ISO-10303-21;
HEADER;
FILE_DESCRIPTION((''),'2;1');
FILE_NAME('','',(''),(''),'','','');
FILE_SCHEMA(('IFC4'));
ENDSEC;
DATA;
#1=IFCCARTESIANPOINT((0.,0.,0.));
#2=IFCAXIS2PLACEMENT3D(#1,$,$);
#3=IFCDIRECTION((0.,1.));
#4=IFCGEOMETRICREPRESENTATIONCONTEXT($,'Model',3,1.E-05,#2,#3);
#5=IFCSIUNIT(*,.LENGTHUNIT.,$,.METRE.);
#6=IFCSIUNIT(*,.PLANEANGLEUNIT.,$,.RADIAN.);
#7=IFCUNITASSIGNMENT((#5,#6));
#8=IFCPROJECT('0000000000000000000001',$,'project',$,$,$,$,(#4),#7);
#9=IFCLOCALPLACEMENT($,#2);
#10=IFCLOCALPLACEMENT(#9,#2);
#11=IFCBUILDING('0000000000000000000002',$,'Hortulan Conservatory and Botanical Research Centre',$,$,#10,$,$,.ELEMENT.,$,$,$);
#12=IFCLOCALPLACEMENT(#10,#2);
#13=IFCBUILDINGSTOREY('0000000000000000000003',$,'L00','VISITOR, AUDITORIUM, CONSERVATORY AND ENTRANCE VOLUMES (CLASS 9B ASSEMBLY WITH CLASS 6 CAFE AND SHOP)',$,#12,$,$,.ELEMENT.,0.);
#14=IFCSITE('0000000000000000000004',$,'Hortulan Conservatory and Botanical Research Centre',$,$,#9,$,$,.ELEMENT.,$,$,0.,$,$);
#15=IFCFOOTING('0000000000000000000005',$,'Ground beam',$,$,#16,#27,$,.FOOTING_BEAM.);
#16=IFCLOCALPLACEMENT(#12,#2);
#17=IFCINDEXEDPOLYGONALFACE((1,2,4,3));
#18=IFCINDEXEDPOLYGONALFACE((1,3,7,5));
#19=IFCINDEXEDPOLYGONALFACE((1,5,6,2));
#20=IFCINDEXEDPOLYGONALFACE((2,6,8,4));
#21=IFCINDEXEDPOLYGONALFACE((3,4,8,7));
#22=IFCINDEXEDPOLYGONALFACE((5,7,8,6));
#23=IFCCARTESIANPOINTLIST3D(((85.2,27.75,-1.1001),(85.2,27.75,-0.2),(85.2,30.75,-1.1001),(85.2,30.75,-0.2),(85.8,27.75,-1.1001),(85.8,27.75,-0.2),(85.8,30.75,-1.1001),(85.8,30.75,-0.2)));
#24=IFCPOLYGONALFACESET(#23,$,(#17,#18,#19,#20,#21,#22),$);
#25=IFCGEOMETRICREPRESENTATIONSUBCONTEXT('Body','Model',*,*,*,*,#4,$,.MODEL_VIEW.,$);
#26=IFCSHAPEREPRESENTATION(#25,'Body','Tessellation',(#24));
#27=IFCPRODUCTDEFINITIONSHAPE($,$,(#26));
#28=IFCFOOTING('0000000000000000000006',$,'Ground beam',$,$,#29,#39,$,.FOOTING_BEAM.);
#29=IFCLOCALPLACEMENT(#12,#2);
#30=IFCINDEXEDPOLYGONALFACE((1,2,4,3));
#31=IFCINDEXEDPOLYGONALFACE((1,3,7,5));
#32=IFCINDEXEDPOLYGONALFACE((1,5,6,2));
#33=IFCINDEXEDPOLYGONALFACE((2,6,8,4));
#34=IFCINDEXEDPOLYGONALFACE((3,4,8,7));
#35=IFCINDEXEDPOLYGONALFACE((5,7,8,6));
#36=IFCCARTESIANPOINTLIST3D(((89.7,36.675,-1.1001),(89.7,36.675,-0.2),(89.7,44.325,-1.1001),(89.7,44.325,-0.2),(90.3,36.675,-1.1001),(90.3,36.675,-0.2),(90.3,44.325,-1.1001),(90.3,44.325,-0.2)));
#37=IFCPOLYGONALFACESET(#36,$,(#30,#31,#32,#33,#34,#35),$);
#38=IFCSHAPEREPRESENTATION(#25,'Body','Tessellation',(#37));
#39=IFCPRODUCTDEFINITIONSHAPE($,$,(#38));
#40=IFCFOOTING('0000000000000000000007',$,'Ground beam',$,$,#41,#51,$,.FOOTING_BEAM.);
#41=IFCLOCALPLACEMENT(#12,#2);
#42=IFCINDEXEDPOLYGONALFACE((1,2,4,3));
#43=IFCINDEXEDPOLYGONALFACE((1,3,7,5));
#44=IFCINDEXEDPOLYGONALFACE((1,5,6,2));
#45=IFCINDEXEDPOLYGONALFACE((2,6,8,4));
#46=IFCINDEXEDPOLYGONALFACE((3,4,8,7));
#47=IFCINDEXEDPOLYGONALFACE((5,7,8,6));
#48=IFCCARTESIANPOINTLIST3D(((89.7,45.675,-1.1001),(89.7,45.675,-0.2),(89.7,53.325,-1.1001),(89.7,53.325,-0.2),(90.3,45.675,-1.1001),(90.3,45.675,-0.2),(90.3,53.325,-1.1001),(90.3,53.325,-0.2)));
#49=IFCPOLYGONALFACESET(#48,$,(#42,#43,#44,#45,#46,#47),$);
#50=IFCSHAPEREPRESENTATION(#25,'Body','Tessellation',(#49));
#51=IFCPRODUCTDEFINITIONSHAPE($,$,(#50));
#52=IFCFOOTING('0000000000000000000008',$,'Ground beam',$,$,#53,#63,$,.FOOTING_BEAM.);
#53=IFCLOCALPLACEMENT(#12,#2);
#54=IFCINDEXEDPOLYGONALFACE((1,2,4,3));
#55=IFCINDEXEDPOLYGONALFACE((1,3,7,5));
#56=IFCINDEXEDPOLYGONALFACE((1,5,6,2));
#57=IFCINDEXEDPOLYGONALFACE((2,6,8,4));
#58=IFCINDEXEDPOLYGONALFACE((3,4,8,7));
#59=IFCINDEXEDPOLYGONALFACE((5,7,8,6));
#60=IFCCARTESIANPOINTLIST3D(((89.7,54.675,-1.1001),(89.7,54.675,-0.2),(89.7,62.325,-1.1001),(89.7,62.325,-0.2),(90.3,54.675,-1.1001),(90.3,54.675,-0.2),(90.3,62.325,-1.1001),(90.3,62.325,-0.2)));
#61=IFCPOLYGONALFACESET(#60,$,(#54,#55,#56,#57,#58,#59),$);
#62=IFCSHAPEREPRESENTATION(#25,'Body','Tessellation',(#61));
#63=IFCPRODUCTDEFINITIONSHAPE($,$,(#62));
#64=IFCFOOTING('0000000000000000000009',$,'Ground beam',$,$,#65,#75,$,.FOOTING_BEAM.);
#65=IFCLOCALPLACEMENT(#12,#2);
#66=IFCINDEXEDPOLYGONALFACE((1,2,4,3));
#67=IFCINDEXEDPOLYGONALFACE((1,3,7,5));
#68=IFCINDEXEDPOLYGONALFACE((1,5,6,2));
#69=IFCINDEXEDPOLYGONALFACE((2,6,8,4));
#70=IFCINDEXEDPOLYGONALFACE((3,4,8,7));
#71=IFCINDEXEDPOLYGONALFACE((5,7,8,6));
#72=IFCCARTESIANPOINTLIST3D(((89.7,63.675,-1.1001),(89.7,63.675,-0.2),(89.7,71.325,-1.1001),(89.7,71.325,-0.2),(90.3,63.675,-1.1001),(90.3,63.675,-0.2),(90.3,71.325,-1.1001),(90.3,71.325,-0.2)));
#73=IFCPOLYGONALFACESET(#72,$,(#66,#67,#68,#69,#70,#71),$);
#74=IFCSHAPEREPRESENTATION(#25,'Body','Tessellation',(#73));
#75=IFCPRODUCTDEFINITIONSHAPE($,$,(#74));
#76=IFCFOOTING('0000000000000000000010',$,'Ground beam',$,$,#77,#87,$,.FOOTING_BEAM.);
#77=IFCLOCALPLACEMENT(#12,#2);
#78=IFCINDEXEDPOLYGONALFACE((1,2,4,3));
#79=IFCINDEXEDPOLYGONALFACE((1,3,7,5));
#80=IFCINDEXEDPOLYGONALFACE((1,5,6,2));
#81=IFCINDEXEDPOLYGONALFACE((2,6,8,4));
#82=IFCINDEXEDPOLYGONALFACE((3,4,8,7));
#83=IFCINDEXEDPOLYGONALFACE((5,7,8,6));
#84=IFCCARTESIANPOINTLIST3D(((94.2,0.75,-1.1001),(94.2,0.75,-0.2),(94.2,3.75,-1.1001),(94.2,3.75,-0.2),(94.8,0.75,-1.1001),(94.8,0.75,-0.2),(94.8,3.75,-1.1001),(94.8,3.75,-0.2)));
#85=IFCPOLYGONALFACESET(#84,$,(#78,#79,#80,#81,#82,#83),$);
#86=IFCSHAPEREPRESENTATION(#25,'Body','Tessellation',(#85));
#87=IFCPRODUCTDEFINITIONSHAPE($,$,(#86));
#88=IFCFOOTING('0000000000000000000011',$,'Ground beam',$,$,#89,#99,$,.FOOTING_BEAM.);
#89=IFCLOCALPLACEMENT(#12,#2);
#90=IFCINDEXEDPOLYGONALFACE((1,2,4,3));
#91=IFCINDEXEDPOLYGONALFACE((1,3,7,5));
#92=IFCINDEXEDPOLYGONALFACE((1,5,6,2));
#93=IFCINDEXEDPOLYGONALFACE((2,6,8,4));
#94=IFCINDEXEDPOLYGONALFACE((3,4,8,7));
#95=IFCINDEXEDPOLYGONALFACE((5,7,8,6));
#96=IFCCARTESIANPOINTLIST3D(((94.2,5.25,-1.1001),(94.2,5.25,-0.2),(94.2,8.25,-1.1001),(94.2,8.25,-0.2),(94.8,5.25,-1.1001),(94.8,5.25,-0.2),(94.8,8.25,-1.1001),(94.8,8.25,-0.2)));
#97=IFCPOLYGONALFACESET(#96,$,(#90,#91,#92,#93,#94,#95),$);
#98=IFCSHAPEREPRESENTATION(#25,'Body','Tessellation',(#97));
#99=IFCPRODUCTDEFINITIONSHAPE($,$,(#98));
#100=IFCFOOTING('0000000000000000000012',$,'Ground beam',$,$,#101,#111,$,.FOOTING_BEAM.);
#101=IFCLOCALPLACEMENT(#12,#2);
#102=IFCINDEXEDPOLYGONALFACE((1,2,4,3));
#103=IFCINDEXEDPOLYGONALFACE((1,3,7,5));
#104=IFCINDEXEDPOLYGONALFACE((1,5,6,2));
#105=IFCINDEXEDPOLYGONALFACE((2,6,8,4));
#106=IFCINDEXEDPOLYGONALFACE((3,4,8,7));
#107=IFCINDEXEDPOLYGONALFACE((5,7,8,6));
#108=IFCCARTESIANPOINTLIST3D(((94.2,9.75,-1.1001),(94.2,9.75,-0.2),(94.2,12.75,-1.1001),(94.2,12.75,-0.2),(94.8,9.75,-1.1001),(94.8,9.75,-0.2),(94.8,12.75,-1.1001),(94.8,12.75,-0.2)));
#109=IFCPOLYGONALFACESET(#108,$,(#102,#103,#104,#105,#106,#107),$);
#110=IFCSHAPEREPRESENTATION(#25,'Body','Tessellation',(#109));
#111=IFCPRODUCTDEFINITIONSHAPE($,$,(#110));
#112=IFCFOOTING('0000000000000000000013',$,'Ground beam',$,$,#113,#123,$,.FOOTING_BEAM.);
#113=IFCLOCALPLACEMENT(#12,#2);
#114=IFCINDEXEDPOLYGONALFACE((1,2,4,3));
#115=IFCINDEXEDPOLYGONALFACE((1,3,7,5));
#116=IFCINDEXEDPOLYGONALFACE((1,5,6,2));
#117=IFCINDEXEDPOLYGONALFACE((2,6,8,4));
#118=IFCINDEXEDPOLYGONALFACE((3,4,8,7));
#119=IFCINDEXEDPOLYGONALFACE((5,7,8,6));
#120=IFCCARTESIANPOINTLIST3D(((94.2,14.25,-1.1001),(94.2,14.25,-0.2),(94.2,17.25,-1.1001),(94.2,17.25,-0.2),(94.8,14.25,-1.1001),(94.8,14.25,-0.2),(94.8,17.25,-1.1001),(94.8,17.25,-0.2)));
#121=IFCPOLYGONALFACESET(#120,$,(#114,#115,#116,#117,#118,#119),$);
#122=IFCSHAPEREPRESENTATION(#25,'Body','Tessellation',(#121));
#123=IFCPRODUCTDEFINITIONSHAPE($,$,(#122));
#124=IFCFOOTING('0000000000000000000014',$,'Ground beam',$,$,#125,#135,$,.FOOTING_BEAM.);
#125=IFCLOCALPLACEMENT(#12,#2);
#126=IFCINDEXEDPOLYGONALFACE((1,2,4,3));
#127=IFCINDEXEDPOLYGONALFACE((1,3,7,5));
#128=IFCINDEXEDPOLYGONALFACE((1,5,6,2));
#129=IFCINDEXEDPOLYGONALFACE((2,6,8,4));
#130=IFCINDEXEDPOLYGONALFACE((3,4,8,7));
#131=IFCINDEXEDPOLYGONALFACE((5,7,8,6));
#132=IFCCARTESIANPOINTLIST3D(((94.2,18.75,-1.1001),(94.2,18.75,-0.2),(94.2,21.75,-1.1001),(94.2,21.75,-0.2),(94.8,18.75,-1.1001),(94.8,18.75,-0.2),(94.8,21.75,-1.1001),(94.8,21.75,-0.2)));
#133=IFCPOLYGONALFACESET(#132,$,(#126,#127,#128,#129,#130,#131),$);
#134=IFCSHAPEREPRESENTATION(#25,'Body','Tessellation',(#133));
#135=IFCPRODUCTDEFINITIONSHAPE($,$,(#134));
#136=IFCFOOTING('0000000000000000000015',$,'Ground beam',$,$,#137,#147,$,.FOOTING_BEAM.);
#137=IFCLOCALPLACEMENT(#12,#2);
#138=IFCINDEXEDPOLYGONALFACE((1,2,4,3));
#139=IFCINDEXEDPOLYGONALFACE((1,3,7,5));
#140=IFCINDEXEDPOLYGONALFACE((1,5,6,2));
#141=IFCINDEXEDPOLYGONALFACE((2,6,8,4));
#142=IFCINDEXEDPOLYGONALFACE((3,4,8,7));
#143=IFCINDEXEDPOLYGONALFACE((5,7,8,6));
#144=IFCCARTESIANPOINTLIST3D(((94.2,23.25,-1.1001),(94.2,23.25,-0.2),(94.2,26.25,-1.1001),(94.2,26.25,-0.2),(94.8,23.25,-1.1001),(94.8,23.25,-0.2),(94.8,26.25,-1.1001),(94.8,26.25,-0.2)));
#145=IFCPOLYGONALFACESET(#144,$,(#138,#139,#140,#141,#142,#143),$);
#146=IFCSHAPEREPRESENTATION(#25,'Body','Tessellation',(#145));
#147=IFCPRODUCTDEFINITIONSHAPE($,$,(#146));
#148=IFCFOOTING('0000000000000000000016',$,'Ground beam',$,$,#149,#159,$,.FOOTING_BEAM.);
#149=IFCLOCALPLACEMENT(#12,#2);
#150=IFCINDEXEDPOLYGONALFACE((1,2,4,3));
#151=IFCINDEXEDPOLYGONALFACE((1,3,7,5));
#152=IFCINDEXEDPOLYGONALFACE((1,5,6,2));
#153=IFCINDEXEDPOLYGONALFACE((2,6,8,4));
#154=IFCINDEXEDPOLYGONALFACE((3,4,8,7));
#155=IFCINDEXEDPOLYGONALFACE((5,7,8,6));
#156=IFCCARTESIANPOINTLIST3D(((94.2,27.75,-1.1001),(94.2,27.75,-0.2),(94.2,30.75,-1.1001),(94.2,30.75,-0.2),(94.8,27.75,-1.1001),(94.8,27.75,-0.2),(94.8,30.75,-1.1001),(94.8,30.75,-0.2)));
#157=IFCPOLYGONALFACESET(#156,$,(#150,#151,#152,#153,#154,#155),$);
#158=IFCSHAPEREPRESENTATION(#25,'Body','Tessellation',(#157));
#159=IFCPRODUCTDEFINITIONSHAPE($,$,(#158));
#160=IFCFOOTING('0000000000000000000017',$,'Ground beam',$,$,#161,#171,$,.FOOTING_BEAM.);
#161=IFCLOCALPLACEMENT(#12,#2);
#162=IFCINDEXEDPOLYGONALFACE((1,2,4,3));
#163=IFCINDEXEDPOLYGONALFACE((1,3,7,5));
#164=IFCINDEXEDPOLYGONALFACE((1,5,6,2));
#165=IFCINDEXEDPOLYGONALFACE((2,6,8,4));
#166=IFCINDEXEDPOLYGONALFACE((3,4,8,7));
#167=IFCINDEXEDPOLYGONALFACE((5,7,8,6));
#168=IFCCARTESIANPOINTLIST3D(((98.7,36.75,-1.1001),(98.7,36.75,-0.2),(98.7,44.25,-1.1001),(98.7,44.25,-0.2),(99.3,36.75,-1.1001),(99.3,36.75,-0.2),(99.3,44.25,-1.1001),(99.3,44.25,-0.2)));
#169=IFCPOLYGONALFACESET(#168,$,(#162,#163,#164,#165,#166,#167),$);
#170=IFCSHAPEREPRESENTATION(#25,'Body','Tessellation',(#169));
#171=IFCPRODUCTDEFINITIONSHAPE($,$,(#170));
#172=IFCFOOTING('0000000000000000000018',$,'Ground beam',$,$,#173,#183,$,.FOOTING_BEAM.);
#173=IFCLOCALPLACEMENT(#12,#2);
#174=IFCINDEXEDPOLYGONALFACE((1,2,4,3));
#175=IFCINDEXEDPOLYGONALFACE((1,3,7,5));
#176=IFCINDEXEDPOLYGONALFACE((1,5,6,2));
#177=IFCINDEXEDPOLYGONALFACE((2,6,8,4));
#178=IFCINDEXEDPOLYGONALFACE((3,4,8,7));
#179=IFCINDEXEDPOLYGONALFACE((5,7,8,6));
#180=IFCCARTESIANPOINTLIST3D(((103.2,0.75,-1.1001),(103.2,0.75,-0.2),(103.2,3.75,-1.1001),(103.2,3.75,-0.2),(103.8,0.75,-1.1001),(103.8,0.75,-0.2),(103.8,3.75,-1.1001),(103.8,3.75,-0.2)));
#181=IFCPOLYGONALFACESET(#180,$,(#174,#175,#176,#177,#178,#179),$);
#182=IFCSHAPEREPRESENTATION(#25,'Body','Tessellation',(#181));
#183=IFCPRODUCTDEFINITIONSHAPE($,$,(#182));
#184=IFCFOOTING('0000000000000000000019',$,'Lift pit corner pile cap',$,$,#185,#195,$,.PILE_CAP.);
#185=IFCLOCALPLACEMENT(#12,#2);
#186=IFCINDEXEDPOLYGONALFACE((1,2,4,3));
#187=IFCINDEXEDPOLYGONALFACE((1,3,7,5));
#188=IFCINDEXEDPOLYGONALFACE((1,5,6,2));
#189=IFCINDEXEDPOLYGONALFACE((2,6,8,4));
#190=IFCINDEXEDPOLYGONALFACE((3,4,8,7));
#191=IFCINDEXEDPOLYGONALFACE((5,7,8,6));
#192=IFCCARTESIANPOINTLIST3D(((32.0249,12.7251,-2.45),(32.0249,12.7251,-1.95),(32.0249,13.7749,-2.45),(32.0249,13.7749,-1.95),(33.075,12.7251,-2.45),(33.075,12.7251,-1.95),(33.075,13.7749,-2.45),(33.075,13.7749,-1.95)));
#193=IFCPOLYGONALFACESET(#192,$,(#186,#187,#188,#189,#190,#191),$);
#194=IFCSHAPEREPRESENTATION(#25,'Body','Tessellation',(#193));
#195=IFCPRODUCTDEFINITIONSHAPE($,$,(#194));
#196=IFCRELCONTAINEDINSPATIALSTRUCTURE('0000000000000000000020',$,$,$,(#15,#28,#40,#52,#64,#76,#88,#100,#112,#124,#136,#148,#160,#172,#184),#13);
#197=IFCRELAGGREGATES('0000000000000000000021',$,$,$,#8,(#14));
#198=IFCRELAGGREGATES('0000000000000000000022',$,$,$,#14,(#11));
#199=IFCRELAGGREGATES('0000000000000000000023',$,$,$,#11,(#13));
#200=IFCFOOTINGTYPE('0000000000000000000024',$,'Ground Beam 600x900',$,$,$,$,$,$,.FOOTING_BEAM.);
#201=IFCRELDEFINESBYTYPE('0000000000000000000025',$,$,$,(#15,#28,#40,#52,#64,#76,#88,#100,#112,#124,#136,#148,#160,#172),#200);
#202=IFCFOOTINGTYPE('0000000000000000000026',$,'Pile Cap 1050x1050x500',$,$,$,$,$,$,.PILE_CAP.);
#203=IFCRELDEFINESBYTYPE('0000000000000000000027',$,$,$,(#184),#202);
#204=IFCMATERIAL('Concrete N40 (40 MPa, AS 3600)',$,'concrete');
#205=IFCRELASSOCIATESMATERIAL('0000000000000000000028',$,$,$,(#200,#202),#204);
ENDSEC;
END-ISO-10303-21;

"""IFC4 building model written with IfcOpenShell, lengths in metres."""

from ifc_helpers import new_model, si_unit, direction, frame, origin, place, context, subcontext, project, spatial, polyline, outline, extrude, material, type_object, element, save


model = new_model("IFC4")

# Units and contexts
model_context = context("Model", 3, precision=1e-05, world=origin(), true_north=direction((0.0, 1.0)))
body_context = subcontext(model_context, "Body", "Model", "MODEL_VIEW")
ifc_project = project(units=[si_unit("LENGTHUNIT", "METRE"), si_unit("PLANEANGLEUNIT", "RADIAN")], contexts=[model_context])

# Site, building, storey
site_placement = place(None, origin())
site = spatial("IfcSite", under=ifc_project, at=site_placement, Name="Hortulan Conservatory and Botanical Research Centre", CompositionType="ELEMENT", RefElevation=0.0)
building_placement = place(site_placement, origin())
building = spatial("IfcBuilding", under=site, at=building_placement, Name="Hortulan Conservatory and Botanical Research Centre", CompositionType="ELEMENT")
storey_placement = place(building_placement, origin())
storey = spatial("IfcBuildingStorey", under=building, at=storey_placement, Name="L00", Description="VISITOR, AUDITORIUM, CONSERVATORY AND ENTRANCE VOLUMES (CLASS 9B ASSEMBLY WITH CLASS 6 CAFE AND SHOP)", CompositionType="ELEMENT", Elevation=0.0)

# Footings
ifc_material = material(Name="Concrete N40 (40 MPa, AS 3600)", Category="concrete")
footing_type_1 = type_object("IfcFootingType", Name="Ground Beam 600x900", PredefinedType="FOOTING_BEAM", material=ifc_material)
footing_1_placement = place(storey_placement, frame((0.0, 0.0, -1.1001)))
element("IfcFooting", 1, at=footing_1_placement, inside=storey, type_object=footing_type_1, Name="Ground beam", PredefinedType="FOOTING_BEAM", context=body_context, shape_type="SweptSolid", body=[
    extrude(outline(polyline([(85.8, 27.75), (85.8, 30.75), (85.2, 30.75), (85.2, 27.75), (85.8, 27.75)])), origin(), (0.0, 0.0, 1.0), 0.9001),
])
footing_2_placement = place(storey_placement, frame((0.0, 0.0, -1.1001)))
element("IfcFooting", 2, at=footing_2_placement, inside=storey, type_object=footing_type_1, Name="Ground beam", PredefinedType="FOOTING_BEAM", context=body_context, shape_type="SweptSolid", body=[
    extrude(outline(polyline([(90.3, 36.675), (90.3, 44.325), (89.7, 44.325), (89.7, 36.675), (90.3, 36.675)])), origin(), (0.0, 0.0, 1.0), 0.9001),
])
footing_3_placement = place(storey_placement, frame((0.0, 0.0, -1.1001)))
element("IfcFooting", 3, at=footing_3_placement, inside=storey, type_object=footing_type_1, Name="Ground beam", PredefinedType="FOOTING_BEAM", context=body_context, shape_type="SweptSolid", body=[
    extrude(outline(polyline([(90.3, 45.675), (90.3, 53.325), (89.7, 53.325), (89.7, 45.675), (90.3, 45.675)])), origin(), (0.0, 0.0, 1.0), 0.9001),
])
footing_4_placement = place(storey_placement, frame((0.0, 0.0, -1.1001)))
element("IfcFooting", 4, at=footing_4_placement, inside=storey, type_object=footing_type_1, Name="Ground beam", PredefinedType="FOOTING_BEAM", context=body_context, shape_type="SweptSolid", body=[
    extrude(outline(polyline([(90.3, 54.675), (90.3, 62.325), (89.7, 62.325), (89.7, 54.675), (90.3, 54.675)])), origin(), (0.0, 0.0, 1.0), 0.9001),
])
footing_5_placement = place(storey_placement, frame((0.0, 0.0, -1.1001)))
element("IfcFooting", 5, at=footing_5_placement, inside=storey, type_object=footing_type_1, Name="Ground beam", PredefinedType="FOOTING_BEAM", context=body_context, shape_type="SweptSolid", body=[
    extrude(outline(polyline([(90.3, 63.675), (90.3, 71.325), (89.7, 71.325), (89.7, 63.675), (90.3, 63.675)])), origin(), (0.0, 0.0, 1.0), 0.9001),
])
footing_6_placement = place(storey_placement, frame((0.0, 0.0, -1.1001)))
element("IfcFooting", 6, at=footing_6_placement, inside=storey, type_object=footing_type_1, Name="Ground beam", PredefinedType="FOOTING_BEAM", context=body_context, shape_type="SweptSolid", body=[
    extrude(outline(polyline([(94.8, 0.75), (94.8, 3.75), (94.2, 3.75), (94.2, 0.75), (94.8, 0.75)])), origin(), (0.0, 0.0, 1.0), 0.9001),
])
footing_7_placement = place(storey_placement, frame((0.0, 0.0, -1.1001)))
element("IfcFooting", 7, at=footing_7_placement, inside=storey, type_object=footing_type_1, Name="Ground beam", PredefinedType="FOOTING_BEAM", context=body_context, shape_type="SweptSolid", body=[
    extrude(outline(polyline([(94.8, 5.25), (94.8, 8.25), (94.2, 8.25), (94.2, 5.25), (94.8, 5.25)])), origin(), (0.0, 0.0, 1.0), 0.9001),
])
footing_8_placement = place(storey_placement, frame((0.0, 0.0, -1.1001)))
element("IfcFooting", 8, at=footing_8_placement, inside=storey, type_object=footing_type_1, Name="Ground beam", PredefinedType="FOOTING_BEAM", context=body_context, shape_type="SweptSolid", body=[
    extrude(outline(polyline([(94.8, 9.75), (94.8, 12.75), (94.2, 12.75), (94.2, 9.75), (94.8, 9.75)])), origin(), (0.0, 0.0, 1.0), 0.9001),
])
footing_9_placement = place(storey_placement, frame((0.0, 0.0, -1.1001)))
element("IfcFooting", 9, at=footing_9_placement, inside=storey, type_object=footing_type_1, Name="Ground beam", PredefinedType="FOOTING_BEAM", context=body_context, shape_type="SweptSolid", body=[
    extrude(outline(polyline([(94.8, 14.25), (94.8, 17.25), (94.2, 17.25), (94.2, 14.25), (94.8, 14.25)])), origin(), (0.0, 0.0, 1.0), 0.9001),
])
footing_10_placement = place(storey_placement, frame((0.0, 0.0, -1.1001)))
element("IfcFooting", 10, at=footing_10_placement, inside=storey, type_object=footing_type_1, Name="Ground beam", PredefinedType="FOOTING_BEAM", context=body_context, shape_type="SweptSolid", body=[
    extrude(outline(polyline([(94.8, 18.75), (94.8, 21.75), (94.2, 21.75), (94.2, 18.75), (94.8, 18.75)])), origin(), (0.0, 0.0, 1.0), 0.9001),
])
footing_11_placement = place(storey_placement, frame((0.0, 0.0, -1.1001)))
element("IfcFooting", 11, at=footing_11_placement, inside=storey, type_object=footing_type_1, Name="Ground beam", PredefinedType="FOOTING_BEAM", context=body_context, shape_type="SweptSolid", body=[
    extrude(outline(polyline([(94.8, 23.25), (94.8, 26.25), (94.2, 26.25), (94.2, 23.25), (94.8, 23.25)])), origin(), (0.0, 0.0, 1.0), 0.9001),
])
footing_12_placement = place(storey_placement, frame((0.0, 0.0, -1.1001)))
element("IfcFooting", 12, at=footing_12_placement, inside=storey, type_object=footing_type_1, Name="Ground beam", PredefinedType="FOOTING_BEAM", context=body_context, shape_type="SweptSolid", body=[
    extrude(outline(polyline([(94.8, 27.75), (94.8, 30.75), (94.2, 30.75), (94.2, 27.75), (94.8, 27.75)])), origin(), (0.0, 0.0, 1.0), 0.9001),
])
footing_13_placement = place(storey_placement, frame((0.0, 0.0, -1.1001)))
element("IfcFooting", 13, at=footing_13_placement, inside=storey, type_object=footing_type_1, Name="Ground beam", PredefinedType="FOOTING_BEAM", context=body_context, shape_type="SweptSolid", body=[
    extrude(outline(polyline([(99.3, 36.75), (99.3, 44.25), (98.7, 44.25), (98.7, 36.75), (99.3, 36.75)])), origin(), (0.0, 0.0, 1.0), 0.9001),
])
footing_14_placement = place(storey_placement, frame((0.0, 0.0, -1.1001)))
element("IfcFooting", 14, at=footing_14_placement, inside=storey, type_object=footing_type_1, Name="Ground beam", PredefinedType="FOOTING_BEAM", context=body_context, shape_type="SweptSolid", body=[
    extrude(outline(polyline([(103.8, 0.75), (103.8, 3.75), (103.2, 3.75), (103.2, 0.75), (103.8, 0.75)])), origin(), (0.0, 0.0, 1.0), 0.9001),
])
footing_type_2 = type_object("IfcFootingType", Name="Pile Cap 1050x1050x500", PredefinedType="PILE_CAP", material=ifc_material)
footing_15_placement = place(storey_placement, frame((0.0, 0.0, -2.45)))
element("IfcFooting", 15, at=footing_15_placement, inside=storey, type_object=footing_type_2, Name="Lift pit corner pile cap", PredefinedType="PILE_CAP", context=body_context, shape_type="SweptSolid", body=[
    extrude(outline(polyline([(32.0249, 12.7251), (33.075, 12.7251), (33.075, 13.7749), (32.0249, 13.7749), (32.0249, 12.7251)])), origin(), (0.0, 0.0, 1.0), 0.5),
])

save(model, "model.ifc")
